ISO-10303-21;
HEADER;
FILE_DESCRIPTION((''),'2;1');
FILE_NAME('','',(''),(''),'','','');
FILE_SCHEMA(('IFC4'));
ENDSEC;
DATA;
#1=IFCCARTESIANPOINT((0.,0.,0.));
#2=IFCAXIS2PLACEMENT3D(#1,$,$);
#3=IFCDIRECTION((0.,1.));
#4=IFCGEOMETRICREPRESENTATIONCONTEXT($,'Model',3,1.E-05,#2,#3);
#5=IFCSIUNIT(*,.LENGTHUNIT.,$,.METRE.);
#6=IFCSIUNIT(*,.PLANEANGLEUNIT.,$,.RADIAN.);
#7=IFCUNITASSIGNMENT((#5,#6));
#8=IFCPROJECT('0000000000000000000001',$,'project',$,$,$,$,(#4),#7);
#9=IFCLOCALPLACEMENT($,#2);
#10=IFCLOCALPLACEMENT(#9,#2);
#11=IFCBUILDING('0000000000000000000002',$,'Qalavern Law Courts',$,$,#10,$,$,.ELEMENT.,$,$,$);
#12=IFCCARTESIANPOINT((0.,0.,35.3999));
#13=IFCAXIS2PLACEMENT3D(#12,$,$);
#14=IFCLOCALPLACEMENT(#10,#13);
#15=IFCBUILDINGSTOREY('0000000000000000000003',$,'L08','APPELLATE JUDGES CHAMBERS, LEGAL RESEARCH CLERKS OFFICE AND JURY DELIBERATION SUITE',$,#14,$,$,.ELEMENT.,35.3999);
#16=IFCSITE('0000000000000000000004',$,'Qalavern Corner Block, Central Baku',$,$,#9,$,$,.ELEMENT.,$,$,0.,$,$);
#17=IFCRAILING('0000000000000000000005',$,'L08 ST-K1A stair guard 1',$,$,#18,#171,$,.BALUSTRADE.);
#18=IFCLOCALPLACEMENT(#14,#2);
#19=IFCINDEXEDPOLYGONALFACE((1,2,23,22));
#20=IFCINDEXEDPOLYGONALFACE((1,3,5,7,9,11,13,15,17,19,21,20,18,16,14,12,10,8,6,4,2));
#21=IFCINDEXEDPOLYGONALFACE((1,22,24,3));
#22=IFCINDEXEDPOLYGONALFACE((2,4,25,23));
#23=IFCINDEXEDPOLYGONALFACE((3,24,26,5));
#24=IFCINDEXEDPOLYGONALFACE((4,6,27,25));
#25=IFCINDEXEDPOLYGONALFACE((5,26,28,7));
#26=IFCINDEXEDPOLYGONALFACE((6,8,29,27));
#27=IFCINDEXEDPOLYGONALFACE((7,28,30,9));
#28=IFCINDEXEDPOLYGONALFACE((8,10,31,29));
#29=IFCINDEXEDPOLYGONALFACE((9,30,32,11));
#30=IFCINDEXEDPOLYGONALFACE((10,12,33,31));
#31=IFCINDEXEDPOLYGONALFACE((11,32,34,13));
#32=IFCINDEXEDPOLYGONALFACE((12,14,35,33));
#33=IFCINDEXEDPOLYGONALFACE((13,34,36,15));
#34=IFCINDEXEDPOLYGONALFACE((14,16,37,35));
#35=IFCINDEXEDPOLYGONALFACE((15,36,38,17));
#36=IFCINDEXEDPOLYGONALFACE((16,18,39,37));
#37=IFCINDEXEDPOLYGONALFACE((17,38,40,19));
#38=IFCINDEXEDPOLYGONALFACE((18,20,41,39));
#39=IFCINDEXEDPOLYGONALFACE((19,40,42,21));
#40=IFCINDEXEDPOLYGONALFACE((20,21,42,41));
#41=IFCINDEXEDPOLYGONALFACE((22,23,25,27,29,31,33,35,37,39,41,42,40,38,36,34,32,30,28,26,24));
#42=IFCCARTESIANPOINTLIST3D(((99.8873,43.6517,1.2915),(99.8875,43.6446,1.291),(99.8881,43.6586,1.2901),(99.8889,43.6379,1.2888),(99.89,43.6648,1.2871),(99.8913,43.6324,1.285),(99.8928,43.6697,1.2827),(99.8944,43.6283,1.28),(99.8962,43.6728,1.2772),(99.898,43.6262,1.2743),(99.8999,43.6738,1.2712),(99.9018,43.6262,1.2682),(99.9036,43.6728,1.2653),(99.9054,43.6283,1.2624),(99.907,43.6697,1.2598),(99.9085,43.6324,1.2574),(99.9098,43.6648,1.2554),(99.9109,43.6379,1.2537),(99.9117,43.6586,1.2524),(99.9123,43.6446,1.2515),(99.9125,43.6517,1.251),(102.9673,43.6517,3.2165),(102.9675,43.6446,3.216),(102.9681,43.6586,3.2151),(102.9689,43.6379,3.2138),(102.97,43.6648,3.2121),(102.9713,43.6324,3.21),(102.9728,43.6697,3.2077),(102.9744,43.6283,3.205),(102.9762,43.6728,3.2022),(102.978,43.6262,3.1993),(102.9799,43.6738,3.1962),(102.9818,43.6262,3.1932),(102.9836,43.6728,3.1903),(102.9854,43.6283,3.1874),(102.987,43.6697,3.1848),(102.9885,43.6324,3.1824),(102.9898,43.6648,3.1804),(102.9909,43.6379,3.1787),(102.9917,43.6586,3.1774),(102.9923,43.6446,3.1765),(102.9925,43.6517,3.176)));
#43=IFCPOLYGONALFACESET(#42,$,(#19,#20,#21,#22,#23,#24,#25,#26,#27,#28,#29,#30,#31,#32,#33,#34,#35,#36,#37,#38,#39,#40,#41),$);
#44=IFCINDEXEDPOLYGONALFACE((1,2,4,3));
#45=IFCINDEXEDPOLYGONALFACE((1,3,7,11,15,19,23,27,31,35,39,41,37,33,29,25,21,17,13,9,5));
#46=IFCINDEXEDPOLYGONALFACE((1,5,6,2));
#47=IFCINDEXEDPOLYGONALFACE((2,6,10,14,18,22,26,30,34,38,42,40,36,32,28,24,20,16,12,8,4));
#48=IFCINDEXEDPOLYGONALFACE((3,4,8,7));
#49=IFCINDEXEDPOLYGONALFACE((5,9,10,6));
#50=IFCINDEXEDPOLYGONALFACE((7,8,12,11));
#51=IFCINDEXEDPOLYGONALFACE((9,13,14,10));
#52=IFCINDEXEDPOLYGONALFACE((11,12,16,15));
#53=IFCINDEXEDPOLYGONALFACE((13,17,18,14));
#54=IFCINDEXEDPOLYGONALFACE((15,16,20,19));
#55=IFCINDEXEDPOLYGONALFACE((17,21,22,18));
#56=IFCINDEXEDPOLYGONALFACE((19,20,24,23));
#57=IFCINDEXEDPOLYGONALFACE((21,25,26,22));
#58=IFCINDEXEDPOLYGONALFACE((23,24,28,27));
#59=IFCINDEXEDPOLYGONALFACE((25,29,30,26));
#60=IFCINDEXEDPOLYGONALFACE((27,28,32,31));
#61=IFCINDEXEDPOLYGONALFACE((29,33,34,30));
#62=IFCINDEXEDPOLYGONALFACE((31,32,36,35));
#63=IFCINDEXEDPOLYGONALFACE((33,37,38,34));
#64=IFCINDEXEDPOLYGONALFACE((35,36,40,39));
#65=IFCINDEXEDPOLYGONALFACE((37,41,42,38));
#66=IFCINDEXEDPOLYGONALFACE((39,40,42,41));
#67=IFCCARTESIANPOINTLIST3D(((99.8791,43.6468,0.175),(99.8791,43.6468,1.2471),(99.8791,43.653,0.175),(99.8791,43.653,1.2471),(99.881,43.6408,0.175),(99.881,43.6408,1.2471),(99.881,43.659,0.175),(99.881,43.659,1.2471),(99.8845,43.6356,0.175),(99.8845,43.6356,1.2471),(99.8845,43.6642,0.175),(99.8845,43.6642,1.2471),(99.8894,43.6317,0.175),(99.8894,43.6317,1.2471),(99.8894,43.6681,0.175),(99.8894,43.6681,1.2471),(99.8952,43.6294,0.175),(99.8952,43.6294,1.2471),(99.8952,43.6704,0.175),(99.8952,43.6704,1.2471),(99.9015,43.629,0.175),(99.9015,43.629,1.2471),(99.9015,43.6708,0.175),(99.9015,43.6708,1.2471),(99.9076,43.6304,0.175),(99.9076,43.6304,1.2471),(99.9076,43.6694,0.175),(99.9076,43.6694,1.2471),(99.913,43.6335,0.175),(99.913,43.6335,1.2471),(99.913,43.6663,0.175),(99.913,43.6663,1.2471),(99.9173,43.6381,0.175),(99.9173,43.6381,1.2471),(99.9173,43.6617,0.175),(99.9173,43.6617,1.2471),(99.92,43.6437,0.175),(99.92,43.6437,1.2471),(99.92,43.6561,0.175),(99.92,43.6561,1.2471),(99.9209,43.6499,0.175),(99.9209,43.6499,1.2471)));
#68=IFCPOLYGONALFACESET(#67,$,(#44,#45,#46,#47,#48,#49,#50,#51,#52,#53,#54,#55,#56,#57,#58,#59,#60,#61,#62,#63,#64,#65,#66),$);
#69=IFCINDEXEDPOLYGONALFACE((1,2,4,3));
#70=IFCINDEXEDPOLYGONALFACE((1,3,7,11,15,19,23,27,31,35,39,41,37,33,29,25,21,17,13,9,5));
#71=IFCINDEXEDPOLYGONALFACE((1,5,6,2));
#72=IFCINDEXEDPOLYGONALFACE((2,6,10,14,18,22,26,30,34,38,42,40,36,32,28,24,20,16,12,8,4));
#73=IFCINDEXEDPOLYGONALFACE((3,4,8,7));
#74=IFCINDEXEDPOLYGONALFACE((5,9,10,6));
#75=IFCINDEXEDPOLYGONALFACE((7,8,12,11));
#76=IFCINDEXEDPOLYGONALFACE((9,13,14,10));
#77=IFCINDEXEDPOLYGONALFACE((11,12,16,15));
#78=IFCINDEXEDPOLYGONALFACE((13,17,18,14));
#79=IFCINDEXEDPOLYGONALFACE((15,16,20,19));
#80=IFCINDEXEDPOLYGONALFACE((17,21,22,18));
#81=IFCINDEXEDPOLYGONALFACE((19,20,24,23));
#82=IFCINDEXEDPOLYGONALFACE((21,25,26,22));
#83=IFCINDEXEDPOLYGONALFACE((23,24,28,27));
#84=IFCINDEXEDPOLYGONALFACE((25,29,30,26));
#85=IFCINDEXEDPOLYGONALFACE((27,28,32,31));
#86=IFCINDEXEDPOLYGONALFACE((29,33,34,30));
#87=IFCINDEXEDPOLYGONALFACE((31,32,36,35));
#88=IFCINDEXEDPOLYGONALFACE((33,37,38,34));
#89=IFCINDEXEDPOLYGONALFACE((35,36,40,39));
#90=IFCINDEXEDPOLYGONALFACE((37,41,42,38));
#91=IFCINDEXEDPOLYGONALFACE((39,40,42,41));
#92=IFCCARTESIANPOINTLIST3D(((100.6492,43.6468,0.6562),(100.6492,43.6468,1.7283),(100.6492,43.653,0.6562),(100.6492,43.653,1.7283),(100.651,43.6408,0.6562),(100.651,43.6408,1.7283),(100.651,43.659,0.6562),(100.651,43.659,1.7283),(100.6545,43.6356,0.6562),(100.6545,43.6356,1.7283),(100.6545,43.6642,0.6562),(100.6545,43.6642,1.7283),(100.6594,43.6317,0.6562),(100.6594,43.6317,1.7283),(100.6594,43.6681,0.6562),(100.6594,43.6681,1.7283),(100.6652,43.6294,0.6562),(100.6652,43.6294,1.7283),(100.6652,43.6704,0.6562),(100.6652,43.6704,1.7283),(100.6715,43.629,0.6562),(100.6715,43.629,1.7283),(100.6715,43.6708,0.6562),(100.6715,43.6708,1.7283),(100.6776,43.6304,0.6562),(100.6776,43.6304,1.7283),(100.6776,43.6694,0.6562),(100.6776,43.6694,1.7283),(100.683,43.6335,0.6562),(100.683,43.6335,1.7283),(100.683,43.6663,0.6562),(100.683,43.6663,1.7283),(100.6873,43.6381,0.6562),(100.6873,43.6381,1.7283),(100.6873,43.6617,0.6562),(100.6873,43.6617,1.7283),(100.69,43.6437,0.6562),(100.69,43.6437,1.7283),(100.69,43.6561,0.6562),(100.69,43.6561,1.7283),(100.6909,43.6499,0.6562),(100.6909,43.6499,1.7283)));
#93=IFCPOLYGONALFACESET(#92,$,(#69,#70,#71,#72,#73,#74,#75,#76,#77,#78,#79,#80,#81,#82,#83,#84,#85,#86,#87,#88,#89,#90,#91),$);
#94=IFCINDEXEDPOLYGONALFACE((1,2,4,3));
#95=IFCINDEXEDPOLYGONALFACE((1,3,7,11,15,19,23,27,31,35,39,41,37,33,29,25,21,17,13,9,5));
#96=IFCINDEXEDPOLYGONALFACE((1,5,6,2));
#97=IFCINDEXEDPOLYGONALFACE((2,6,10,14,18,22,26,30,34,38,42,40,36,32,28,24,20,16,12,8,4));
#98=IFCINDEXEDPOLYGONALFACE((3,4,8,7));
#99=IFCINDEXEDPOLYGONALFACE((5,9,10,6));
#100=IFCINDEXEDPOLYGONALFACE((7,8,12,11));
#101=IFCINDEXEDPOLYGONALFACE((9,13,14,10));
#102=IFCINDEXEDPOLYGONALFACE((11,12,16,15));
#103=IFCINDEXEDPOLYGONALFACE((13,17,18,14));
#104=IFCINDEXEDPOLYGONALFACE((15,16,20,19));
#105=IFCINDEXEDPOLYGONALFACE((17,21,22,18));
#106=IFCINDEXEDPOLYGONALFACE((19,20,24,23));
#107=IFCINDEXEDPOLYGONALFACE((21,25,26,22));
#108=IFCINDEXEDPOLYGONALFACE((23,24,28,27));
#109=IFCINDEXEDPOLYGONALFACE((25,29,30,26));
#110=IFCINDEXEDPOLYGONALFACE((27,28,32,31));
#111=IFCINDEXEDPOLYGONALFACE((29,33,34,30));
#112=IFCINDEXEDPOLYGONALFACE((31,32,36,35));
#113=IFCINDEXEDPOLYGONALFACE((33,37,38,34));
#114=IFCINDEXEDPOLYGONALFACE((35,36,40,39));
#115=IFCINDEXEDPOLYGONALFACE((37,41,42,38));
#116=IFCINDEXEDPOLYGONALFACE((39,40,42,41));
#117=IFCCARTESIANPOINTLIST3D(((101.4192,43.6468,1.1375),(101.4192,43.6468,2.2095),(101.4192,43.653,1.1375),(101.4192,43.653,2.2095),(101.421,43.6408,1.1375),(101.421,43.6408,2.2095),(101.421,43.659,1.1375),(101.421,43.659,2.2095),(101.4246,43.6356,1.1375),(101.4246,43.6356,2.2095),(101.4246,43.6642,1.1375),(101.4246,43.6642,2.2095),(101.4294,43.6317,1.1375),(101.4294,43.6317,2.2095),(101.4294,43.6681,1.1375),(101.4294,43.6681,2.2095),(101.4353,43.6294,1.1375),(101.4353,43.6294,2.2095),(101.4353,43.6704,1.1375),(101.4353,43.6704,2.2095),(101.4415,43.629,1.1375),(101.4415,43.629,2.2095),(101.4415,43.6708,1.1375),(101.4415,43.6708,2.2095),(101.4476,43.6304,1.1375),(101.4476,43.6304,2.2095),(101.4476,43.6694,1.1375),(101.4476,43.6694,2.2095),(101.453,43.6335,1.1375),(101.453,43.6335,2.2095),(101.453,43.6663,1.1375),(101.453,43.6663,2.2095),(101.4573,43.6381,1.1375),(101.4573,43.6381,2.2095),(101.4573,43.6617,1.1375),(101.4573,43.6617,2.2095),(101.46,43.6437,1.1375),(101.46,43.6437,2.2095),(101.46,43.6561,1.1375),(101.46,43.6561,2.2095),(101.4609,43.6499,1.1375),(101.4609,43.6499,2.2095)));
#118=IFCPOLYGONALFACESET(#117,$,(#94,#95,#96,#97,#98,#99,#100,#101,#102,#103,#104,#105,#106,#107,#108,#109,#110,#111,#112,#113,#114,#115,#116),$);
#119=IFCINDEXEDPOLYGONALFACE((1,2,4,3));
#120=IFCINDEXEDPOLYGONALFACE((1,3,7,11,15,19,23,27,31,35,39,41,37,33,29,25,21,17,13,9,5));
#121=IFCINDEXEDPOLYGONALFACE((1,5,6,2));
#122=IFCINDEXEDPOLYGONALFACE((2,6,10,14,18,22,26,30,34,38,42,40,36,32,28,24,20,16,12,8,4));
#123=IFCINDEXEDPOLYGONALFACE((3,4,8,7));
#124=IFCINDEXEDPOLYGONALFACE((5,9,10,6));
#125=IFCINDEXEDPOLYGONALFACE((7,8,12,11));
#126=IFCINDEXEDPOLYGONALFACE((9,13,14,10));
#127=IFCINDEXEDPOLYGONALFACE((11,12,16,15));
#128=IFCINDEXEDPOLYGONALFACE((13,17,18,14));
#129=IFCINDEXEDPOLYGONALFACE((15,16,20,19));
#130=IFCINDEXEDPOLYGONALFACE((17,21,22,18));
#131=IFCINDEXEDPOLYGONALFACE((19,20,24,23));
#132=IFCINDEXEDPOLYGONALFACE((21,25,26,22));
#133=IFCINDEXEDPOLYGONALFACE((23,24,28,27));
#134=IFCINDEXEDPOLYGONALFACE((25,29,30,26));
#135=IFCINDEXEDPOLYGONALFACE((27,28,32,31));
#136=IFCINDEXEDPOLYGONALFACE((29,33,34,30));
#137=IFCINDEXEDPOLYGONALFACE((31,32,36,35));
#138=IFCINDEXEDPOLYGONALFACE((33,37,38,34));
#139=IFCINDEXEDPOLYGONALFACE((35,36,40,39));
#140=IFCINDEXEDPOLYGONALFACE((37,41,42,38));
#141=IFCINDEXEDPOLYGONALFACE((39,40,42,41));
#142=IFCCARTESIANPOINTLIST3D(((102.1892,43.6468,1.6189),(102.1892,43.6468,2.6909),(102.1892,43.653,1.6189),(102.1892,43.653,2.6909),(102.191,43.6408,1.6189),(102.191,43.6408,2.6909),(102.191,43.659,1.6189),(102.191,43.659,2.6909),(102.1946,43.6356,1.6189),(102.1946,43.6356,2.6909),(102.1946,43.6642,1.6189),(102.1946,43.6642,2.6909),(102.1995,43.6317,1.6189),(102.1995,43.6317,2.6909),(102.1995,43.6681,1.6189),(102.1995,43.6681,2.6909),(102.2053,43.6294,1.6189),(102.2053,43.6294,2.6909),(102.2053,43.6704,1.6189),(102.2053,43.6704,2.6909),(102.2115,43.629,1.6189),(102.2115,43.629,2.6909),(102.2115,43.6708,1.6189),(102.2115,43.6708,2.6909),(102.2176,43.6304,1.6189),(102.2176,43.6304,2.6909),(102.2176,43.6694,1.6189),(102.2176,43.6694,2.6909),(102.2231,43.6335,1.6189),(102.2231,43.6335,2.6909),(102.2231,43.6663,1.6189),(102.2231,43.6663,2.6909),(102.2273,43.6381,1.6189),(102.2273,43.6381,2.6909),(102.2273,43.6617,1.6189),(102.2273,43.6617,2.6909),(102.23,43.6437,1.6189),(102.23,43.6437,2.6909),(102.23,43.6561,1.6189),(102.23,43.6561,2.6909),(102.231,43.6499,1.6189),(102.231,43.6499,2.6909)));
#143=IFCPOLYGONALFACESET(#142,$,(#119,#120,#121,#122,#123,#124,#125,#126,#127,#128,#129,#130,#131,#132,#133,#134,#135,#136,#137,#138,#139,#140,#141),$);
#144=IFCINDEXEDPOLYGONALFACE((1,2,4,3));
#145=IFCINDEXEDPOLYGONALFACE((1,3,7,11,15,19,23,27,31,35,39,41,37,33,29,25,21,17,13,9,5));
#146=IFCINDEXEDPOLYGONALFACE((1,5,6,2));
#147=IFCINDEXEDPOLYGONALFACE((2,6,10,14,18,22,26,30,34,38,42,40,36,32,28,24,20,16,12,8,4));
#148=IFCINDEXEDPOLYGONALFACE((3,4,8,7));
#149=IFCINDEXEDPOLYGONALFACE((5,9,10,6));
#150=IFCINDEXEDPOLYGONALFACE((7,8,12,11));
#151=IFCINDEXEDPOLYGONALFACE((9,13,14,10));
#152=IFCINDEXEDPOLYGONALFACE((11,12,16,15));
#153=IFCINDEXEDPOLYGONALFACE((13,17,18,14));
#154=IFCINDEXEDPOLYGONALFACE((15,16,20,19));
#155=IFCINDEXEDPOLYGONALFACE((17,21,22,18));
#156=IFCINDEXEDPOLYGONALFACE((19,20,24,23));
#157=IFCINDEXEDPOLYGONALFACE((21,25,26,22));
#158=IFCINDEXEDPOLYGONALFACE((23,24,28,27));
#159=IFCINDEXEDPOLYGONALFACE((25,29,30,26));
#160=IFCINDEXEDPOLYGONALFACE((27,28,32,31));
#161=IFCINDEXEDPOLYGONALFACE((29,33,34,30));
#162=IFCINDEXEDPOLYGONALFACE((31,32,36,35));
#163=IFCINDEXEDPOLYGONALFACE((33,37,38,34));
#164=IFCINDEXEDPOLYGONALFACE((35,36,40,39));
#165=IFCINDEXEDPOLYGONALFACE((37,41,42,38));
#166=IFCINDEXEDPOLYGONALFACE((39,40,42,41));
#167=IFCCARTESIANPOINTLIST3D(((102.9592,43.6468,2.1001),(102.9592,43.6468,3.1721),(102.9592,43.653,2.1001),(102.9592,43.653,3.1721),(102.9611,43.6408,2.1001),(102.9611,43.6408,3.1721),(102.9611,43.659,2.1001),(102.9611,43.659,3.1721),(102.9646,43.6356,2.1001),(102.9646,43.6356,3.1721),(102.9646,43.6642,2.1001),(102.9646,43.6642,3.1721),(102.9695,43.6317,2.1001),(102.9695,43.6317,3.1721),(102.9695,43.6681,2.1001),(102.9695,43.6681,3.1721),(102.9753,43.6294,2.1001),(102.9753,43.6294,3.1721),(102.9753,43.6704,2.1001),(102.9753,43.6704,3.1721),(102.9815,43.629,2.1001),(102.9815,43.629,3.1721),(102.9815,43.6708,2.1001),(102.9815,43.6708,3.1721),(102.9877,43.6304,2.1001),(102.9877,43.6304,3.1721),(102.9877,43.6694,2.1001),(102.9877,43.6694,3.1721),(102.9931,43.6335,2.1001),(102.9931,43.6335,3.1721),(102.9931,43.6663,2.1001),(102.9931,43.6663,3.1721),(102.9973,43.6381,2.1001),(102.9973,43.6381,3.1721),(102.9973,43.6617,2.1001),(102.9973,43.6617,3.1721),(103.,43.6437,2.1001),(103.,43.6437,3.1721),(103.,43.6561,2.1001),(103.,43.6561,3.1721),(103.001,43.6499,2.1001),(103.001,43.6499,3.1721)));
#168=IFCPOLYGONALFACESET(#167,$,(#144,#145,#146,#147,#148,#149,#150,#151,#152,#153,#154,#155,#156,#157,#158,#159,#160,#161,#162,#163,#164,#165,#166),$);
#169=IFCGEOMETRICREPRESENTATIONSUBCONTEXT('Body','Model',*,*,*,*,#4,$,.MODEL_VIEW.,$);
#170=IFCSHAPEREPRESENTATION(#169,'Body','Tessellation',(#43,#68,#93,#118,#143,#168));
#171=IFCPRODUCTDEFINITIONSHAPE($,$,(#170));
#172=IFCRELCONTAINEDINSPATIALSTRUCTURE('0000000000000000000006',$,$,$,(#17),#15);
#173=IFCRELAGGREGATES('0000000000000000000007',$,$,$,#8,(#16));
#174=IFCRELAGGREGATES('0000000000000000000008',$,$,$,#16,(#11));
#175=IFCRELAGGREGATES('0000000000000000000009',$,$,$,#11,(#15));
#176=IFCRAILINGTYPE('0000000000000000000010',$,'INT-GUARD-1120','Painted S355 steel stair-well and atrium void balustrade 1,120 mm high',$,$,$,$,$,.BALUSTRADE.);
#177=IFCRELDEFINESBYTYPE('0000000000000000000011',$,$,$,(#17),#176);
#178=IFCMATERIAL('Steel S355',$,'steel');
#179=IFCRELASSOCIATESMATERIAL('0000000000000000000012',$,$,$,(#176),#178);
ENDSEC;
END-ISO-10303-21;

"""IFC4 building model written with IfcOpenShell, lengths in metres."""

from ifc_helpers import new_model, si_unit, direction, frame, origin, origin_2d, place, context, subcontext, project, spatial, circle, extrude, material, type_object, element, save


model = new_model("IFC4")

# Units and contexts
model_context = context("Model", 3, precision=1e-05, world=origin(), true_north=direction((0.0, 1.0)))
body_context = subcontext(model_context, "Body", "Model", "MODEL_VIEW")
ifc_project = project(units=[si_unit("LENGTHUNIT", "METRE"), si_unit("PLANEANGLEUNIT", "RADIAN")], contexts=[model_context])

# Site, building, storey
site_placement = place(None, origin())
site = spatial("IfcSite", under=ifc_project, at=site_placement, Name="Qalavern Corner Block, Central Baku", CompositionType="ELEMENT", RefElevation=0.0)
building_placement = place(site_placement, origin())
building = spatial("IfcBuilding", under=site, at=building_placement, Name="Qalavern Law Courts", CompositionType="ELEMENT")
storey_placement = place(building_placement, frame((0.0, 0.0, 35.3999)))
storey = spatial("IfcBuildingStorey", under=building, at=storey_placement, Name="L08", Description="APPELLATE JUDGES CHAMBERS, LEGAL RESEARCH CLERKS OFFICE AND JURY DELIBERATION SUITE", CompositionType="ELEMENT", Elevation=35.3999)

# Railing
ifc_material_1 = material(Name="Steel S355", Category="steel")
railing_type_1 = type_object("IfcRailingType", Name="INT-GUARD-1120", Description="Painted S355 steel stair-well and atrium void balustrade 1,120 mm high", PredefinedType="BALUSTRADE", material=ifc_material_1)
railing_1_placement = place(storey_placement, frame((99.8999, 43.6499, 0.175)))
element("IfcRailing", 1, at=railing_1_placement, inside=storey, type_object=railing_type_1, Name="L08 ST-K1A stair guard 1", PredefinedType="BALUSTRADE", context=body_context, shape_type="SweptSolid", body=[
    extrude(circle(Radius=0.0239, at=origin_2d()), frame((0.0, 0.0, 1.0962), z_axis=(0.847998, 0.0, 0.529999), x_axis=(0.0, 1.0, 0.0)), (0.0, 0.0, 1.0), 3.6321),
    extrude(circle(Radius=0.021, at=origin_2d()), origin(), (0.0, 0.0, 1.0), 1.072),
    extrude(circle(Radius=0.021, at=origin_2d()), frame((0.77, 0.0, 0.4812)), (0.0, 0.0, 1.0), 1.072),
    extrude(circle(Radius=0.021, at=origin_2d()), frame((1.54, 0.0, 0.9624)), (0.0, 0.0, 1.0), 1.072),
    extrude(circle(Radius=0.021, at=origin_2d()), frame((2.3101, 0.0, 1.4438)), (0.0, 0.0, 1.0), 1.072),
    extrude(circle(Radius=0.021, at=origin_2d()), frame((3.0801, 0.0, 1.925)), (0.0, 0.0, 1.0), 1.072),
])

save(model, "model.ifc")
